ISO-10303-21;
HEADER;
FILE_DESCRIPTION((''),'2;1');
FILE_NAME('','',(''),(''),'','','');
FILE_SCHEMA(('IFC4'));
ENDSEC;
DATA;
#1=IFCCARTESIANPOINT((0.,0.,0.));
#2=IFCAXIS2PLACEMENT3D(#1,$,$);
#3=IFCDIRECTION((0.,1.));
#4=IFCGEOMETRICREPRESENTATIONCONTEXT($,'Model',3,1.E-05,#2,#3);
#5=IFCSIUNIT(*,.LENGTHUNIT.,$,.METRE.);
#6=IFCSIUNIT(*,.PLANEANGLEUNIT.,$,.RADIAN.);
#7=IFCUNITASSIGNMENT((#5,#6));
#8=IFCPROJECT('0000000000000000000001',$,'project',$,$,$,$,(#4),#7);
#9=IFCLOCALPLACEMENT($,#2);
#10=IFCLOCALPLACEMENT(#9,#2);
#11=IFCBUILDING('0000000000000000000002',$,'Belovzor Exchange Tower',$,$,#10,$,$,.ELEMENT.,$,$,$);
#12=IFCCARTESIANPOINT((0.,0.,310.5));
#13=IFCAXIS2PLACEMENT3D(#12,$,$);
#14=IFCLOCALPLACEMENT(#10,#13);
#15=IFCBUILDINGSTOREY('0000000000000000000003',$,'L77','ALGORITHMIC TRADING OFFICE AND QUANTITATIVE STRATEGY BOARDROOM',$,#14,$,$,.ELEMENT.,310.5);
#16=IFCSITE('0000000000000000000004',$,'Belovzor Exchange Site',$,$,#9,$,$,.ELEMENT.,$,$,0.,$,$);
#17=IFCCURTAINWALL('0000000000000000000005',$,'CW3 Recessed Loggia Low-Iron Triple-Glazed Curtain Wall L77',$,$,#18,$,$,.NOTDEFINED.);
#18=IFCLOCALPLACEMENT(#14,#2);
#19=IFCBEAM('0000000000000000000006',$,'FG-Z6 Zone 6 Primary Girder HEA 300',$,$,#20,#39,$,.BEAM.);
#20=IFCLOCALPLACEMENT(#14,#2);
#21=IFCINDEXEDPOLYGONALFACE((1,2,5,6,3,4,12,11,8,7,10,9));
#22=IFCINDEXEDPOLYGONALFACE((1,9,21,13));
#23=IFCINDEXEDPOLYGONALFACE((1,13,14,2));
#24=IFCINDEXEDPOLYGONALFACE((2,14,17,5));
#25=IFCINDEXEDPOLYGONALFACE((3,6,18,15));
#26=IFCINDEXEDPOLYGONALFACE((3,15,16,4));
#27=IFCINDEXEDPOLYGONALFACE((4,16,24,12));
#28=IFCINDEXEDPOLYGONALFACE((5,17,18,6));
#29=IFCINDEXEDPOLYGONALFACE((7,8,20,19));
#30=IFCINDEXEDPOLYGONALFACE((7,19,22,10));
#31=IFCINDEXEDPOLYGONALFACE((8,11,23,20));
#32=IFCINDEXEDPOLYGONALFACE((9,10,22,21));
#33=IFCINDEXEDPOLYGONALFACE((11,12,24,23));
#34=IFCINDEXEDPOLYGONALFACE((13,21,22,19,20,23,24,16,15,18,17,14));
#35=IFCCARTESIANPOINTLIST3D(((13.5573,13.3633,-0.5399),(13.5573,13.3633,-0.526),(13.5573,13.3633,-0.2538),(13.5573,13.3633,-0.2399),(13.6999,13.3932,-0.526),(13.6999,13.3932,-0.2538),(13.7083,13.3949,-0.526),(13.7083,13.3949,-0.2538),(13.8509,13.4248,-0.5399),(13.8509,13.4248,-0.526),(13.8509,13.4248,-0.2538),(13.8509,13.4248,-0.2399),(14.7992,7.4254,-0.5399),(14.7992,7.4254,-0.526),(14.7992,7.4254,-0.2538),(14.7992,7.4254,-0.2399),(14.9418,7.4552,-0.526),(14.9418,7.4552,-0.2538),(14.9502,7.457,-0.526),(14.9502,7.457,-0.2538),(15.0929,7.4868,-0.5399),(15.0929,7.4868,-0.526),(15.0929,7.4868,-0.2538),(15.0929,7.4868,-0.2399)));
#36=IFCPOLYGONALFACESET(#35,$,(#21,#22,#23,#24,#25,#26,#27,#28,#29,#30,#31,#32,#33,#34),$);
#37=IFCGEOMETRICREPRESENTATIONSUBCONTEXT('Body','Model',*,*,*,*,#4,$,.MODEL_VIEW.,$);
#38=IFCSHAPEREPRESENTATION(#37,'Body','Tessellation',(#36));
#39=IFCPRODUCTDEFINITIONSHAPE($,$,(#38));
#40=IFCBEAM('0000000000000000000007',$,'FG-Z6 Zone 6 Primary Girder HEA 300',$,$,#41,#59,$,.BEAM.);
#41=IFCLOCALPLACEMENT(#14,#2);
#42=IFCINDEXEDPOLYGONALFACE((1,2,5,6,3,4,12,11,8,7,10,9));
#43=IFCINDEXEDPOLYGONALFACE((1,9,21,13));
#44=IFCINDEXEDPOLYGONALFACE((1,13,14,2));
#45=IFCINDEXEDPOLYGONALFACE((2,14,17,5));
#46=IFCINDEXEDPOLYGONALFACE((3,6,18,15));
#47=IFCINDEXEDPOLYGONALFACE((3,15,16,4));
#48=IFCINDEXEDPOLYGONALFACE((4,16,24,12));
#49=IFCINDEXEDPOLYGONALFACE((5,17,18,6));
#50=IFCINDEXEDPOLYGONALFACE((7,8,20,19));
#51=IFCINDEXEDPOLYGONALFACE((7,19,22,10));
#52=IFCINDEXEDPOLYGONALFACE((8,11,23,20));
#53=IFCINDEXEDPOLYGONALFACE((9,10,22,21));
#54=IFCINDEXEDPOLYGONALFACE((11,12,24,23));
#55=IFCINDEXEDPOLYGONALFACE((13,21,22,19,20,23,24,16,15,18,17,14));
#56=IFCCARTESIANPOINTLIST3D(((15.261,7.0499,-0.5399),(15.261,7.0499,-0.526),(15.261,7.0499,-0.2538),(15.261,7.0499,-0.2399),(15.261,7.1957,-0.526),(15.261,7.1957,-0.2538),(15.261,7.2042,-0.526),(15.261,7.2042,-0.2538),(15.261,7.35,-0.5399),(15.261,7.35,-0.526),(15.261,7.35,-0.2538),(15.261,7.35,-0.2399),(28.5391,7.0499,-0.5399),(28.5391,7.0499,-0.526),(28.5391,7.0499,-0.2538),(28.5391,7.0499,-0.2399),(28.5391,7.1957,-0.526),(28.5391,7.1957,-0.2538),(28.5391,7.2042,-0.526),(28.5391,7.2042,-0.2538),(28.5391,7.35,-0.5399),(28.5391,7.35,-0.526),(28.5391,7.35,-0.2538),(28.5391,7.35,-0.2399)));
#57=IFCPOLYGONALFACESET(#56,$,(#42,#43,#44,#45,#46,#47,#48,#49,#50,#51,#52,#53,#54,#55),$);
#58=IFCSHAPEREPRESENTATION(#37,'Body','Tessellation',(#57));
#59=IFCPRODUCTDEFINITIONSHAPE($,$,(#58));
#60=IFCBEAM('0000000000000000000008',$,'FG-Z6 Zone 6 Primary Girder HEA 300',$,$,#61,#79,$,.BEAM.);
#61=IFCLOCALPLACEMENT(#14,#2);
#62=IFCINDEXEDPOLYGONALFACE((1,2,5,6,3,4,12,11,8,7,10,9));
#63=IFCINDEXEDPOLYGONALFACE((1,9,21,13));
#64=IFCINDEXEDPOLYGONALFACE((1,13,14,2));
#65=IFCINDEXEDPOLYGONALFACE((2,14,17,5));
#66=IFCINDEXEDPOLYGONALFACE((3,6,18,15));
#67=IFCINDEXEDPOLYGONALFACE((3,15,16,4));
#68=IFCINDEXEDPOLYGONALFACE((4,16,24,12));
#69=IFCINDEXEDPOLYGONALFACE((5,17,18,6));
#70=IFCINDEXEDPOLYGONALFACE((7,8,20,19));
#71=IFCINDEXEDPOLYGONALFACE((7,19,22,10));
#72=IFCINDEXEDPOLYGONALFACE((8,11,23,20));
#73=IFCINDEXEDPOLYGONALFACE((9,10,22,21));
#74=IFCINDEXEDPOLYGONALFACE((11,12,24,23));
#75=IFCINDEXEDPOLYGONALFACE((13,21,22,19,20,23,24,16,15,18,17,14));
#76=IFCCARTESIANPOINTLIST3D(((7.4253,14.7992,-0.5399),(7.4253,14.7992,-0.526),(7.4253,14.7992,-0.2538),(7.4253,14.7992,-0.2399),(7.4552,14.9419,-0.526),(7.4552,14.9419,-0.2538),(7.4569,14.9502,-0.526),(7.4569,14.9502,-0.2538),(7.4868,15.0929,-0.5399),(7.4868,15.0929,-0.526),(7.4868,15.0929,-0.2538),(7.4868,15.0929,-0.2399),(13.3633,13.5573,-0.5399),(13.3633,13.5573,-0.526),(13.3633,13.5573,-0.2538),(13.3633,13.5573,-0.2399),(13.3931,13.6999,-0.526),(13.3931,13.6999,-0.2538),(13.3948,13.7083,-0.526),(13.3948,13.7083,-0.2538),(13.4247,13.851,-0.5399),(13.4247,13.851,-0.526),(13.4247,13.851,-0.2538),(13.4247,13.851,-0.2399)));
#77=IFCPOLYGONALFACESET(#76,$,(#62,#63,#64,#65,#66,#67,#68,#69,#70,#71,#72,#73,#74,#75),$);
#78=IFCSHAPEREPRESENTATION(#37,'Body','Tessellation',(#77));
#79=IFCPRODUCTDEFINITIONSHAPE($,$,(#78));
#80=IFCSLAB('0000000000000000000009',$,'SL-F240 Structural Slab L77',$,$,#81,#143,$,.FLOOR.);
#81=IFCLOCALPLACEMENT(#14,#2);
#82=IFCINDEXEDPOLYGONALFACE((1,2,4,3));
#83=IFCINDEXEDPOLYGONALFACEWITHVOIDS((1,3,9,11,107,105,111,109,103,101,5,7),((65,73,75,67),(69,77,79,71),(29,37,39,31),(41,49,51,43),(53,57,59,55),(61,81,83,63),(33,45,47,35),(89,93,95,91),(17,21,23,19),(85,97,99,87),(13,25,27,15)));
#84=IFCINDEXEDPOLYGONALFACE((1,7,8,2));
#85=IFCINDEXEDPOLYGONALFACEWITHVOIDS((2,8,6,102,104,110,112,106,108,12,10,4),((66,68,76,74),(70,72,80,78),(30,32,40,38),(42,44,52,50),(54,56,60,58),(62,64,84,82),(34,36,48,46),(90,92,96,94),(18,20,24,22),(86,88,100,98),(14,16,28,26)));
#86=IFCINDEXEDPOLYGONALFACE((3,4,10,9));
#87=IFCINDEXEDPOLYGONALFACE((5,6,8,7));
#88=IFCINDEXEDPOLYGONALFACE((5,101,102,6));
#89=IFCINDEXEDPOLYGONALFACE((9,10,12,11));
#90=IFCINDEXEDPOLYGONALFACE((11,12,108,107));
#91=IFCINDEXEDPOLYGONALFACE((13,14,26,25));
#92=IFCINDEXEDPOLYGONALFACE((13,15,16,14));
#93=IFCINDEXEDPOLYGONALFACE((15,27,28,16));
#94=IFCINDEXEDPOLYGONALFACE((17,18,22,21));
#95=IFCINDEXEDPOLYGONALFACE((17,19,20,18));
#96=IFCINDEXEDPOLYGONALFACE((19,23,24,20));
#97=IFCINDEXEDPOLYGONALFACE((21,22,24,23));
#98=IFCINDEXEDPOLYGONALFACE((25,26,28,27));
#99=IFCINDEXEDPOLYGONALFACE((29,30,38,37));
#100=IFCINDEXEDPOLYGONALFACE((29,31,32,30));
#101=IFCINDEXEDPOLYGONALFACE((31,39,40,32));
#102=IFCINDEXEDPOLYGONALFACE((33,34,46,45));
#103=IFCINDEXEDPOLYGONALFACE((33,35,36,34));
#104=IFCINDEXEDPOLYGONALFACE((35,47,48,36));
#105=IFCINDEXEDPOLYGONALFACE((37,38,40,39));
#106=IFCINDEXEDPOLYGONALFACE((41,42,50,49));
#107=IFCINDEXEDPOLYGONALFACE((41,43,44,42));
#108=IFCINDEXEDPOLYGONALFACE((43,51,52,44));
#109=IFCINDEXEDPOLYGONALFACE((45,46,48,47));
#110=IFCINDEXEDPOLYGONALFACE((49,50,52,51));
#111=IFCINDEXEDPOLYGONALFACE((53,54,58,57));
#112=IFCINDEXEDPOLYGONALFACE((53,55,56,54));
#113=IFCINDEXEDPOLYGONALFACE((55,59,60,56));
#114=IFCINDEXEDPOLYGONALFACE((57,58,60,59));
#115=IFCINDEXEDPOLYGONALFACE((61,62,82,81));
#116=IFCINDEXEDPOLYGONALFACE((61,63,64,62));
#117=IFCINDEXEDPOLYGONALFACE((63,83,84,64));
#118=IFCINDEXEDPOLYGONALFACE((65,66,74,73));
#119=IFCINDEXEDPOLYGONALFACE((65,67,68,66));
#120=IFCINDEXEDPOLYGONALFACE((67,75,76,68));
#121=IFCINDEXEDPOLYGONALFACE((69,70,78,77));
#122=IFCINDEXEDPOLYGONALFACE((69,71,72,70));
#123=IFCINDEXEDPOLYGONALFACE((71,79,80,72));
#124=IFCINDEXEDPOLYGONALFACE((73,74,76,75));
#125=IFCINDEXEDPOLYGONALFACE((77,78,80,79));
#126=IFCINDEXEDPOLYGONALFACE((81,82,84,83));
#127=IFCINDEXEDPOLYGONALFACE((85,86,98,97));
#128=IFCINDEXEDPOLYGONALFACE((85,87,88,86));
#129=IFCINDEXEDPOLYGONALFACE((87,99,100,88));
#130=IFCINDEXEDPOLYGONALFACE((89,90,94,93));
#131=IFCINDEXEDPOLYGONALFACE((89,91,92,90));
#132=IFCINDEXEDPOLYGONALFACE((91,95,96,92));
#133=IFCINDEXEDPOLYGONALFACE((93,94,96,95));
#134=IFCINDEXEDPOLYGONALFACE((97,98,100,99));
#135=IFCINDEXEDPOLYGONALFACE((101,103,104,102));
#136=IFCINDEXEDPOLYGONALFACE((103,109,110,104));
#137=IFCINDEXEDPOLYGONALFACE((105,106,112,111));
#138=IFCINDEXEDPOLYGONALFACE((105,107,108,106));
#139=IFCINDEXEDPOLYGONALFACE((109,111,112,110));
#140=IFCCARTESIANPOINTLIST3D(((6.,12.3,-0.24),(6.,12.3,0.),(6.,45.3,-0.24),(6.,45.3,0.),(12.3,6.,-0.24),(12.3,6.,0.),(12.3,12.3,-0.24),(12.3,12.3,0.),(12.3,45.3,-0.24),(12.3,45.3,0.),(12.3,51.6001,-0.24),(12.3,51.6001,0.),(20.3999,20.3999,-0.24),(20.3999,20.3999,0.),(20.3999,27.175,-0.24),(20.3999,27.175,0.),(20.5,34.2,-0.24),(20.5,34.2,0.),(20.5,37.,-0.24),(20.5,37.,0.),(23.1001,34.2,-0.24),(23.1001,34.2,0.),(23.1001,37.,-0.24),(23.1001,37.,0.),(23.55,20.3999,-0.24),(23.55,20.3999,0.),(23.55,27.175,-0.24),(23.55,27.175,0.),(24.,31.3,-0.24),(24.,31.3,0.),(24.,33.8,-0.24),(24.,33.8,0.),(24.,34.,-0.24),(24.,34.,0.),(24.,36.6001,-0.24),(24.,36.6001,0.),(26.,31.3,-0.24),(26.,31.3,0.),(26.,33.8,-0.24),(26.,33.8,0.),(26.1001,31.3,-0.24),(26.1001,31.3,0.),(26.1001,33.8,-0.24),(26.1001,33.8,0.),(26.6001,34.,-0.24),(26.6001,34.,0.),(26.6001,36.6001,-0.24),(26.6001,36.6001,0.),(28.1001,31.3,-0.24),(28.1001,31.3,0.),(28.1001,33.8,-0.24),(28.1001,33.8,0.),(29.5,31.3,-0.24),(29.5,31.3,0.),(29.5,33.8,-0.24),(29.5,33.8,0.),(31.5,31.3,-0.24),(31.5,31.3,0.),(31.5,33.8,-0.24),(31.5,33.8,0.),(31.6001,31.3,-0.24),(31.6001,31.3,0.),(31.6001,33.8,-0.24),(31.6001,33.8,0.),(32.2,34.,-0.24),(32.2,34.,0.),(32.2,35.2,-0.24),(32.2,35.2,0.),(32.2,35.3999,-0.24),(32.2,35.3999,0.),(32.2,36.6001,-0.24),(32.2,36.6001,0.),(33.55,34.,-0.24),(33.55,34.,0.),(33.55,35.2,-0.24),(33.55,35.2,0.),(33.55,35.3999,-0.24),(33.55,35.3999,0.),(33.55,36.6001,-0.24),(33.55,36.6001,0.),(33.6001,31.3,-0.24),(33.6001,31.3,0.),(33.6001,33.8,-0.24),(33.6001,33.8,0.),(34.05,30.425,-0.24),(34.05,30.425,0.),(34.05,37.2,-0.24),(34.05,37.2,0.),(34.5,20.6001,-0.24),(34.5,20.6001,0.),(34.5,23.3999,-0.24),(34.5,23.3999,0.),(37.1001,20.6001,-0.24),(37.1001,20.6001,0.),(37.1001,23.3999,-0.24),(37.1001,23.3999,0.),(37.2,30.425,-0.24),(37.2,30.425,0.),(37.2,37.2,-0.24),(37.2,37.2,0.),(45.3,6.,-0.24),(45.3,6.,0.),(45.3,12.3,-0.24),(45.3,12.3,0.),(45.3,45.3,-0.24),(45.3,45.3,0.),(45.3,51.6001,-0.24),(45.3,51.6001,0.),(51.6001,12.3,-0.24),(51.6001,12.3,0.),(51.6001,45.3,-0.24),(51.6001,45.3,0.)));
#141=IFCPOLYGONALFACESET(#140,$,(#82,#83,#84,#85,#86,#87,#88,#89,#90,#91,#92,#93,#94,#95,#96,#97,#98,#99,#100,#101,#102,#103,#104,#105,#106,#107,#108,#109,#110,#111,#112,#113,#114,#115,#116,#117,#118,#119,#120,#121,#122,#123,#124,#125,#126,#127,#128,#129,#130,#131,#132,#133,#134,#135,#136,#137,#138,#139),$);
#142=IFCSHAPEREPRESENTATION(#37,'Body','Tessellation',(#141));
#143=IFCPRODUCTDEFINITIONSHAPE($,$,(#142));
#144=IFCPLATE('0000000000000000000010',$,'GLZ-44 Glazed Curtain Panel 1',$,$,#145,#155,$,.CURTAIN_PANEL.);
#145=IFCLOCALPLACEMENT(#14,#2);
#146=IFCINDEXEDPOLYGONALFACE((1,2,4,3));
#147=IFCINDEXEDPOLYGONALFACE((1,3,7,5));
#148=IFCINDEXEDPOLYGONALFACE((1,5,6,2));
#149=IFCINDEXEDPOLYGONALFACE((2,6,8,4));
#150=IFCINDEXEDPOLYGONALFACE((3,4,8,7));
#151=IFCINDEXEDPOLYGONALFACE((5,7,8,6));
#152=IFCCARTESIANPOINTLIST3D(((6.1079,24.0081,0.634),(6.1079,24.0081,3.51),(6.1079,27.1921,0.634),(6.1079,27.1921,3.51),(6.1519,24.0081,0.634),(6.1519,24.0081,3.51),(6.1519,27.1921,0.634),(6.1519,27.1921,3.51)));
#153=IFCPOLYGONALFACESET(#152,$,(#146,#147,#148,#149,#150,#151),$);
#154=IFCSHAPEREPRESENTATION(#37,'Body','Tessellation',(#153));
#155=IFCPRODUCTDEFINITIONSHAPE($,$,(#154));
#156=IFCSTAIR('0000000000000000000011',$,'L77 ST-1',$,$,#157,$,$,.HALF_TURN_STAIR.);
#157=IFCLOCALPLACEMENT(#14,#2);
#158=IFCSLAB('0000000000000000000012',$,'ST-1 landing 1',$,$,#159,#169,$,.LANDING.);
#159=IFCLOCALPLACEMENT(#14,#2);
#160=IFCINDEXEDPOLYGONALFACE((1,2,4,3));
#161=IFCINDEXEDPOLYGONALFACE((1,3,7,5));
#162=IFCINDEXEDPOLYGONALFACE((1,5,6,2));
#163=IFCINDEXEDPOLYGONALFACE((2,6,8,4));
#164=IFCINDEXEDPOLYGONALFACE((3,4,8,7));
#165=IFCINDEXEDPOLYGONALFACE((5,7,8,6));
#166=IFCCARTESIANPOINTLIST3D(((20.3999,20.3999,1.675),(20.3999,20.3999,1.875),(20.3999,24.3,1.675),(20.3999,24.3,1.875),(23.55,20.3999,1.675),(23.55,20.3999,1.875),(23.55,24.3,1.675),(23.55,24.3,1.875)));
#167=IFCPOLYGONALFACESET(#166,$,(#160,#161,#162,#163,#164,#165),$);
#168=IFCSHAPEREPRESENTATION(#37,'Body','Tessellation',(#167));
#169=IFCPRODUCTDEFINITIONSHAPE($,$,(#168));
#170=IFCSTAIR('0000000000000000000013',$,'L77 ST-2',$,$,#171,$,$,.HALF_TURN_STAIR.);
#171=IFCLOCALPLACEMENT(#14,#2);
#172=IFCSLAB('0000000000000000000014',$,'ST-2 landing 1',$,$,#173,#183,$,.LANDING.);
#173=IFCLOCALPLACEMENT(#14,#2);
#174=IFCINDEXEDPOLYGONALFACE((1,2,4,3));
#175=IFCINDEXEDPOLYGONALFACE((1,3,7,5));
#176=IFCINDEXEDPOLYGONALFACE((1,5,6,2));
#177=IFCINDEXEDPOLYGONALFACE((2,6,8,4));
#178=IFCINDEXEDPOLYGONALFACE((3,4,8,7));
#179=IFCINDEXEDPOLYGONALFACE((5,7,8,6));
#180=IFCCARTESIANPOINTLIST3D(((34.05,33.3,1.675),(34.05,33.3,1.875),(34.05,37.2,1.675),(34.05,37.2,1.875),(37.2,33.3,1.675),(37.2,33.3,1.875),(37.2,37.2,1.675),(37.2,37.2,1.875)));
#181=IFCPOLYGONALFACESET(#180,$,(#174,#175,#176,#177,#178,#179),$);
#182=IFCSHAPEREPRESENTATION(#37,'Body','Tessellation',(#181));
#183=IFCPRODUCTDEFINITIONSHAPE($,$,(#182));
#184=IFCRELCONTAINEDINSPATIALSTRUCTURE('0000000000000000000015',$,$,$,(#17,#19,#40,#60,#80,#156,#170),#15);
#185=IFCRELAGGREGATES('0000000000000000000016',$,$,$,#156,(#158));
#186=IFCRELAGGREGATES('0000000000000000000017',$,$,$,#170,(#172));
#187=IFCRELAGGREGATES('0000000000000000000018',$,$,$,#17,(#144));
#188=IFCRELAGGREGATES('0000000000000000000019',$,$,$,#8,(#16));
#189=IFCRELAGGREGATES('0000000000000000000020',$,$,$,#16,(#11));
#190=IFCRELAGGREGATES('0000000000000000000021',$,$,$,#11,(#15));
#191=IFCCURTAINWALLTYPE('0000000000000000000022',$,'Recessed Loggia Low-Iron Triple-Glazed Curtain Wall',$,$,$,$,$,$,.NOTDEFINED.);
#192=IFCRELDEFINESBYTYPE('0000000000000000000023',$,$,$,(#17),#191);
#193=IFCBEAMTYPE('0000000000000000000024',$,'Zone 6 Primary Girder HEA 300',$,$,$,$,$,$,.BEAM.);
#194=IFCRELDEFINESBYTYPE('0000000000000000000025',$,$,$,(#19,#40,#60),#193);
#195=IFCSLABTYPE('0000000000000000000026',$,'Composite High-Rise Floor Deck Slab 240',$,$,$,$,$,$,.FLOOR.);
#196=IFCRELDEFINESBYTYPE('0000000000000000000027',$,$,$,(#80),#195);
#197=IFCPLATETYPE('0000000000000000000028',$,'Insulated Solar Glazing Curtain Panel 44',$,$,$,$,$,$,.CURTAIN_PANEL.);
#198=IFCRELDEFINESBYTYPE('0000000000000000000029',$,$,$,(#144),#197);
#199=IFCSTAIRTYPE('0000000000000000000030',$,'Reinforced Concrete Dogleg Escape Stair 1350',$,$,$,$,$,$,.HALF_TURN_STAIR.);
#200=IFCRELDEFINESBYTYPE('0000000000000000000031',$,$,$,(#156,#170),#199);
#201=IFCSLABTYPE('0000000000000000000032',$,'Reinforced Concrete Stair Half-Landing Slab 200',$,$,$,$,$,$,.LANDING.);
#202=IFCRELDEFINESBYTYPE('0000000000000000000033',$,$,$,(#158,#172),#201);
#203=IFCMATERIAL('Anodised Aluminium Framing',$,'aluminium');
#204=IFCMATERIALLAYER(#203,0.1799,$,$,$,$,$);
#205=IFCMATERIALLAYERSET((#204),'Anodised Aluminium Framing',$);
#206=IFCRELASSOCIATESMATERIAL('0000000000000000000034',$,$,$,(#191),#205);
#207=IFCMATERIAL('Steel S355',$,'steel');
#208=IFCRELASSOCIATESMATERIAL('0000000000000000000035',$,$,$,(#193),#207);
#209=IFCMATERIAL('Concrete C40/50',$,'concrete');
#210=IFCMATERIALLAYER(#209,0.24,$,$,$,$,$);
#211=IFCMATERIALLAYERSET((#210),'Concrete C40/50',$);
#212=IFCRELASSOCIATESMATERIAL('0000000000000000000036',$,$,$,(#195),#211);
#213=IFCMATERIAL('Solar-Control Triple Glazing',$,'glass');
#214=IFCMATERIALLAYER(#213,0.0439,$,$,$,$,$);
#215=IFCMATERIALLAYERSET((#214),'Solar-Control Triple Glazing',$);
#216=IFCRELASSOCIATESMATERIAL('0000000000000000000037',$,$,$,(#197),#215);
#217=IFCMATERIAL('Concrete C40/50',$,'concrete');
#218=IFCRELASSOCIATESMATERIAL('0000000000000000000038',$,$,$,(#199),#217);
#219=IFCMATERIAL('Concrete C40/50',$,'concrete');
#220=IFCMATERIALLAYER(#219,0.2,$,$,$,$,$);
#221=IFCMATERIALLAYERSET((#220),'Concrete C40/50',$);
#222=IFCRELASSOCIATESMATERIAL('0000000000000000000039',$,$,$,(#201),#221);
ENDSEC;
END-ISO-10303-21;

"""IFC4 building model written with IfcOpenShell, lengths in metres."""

from ifc_helpers import new_model, si_unit, direction, frame, origin, origin_2d, place, context, subcontext, project, spatial, polyline, rectangle, i_section, outline, extrude, material, layer, layer_set, material_profile, profile_set, type_object, element, aggregate, save


model = new_model("IFC4")

# Units and contexts
model_context = context("Model", 3, precision=1e-05, world=origin(), true_north=direction((0.0, 1.0)))
body_context = subcontext(model_context, "Body", "Model", "MODEL_VIEW")
ifc_project = project(units=[si_unit("LENGTHUNIT", "METRE"), si_unit("PLANEANGLEUNIT", "RADIAN")], contexts=[model_context])

# Site, building, storey
site_placement = place(None, origin())
site = spatial("IfcSite", under=ifc_project, at=site_placement, Name="Belovzor Exchange Site", CompositionType="ELEMENT", RefElevation=0.0)
building_placement = place(site_placement, origin())
building = spatial("IfcBuilding", under=site, at=building_placement, Name="Belovzor Exchange Tower", CompositionType="ELEMENT")
storey_placement = place(building_placement, frame((0.0, 0.0, 310.5)))
storey = spatial("IfcBuildingStorey", under=building, at=storey_placement, Name="L77", Description="ALGORITHMIC TRADING OFFICE AND QUANTITATIVE STRATEGY BOARDROOM", CompositionType="ELEMENT", Elevation=310.5)

# Curtain wall
ifc_material_1 = material(Name="Anodised Aluminium Framing", Category="aluminium")
ifc_layer_1 = layer(ifc_material_1, 0.1799)
ifc_layer_set_1 = layer_set([ifc_layer_1], Name="Anodised Aluminium Framing")
curtain_wall_type = type_object("IfcCurtainWallType", Name="Recessed Loggia Low-Iron Triple-Glazed Curtain Wall", PredefinedType="NOTDEFINED", material=ifc_layer_set_1)
curtain_wall_placement = place(storey_placement, origin())
curtain_wall = element("IfcCurtainWall", 1, at=curtain_wall_placement, inside=storey, type_object=curtain_wall_type, Name="CW3 Recessed Loggia Low-Iron Triple-Glazed Curtain Wall L77", PredefinedType="NOTDEFINED")

# Beams
ifc_material_2 = material(Name="Steel S355", Category="steel")
ifc_material_profile_1 = material_profile(ifc_material_2, i_section(OverallWidth=0.3, OverallDepth=0.3, WebThickness=0.0085, FlangeThickness=0.0139, at=origin_2d()))
ifc_profile_set_1 = profile_set([ifc_material_profile_1], Name="Steel S355")
beam_type_1 = type_object("IfcBeamType", Name="Zone 6 Primary Girder HEA 300", PredefinedType="BEAM", material=ifc_profile_set_1)
beam_1_placement = place(storey_placement, frame((13.7041, 13.394, -0.3899), z_axis=(0.204722, -0.97882, 0.0), x_axis=(0.97882, 0.204722, 0.0)))
element("IfcBeam", 2, at=beam_1_placement, inside=storey, type_object=beam_type_1, Name="FG-Z6 Zone 6 Primary Girder HEA 300", PredefinedType="BEAM", context=body_context, shape_type="SweptSolid", body=[
    extrude(i_section(OverallWidth=0.3, OverallDepth=0.3, WebThickness=0.0085, FlangeThickness=0.0139, at=origin_2d()), origin(), (0.0, 0.0, 1.0), 6.0664),
])
beam_2_placement = place(storey_placement, frame((15.261, 7.2, -0.3899), z_axis=(1.0, 0.0, 0.0), x_axis=(0.0, 1.0, 0.0)))
element("IfcBeam", 3, at=beam_2_placement, inside=storey, type_object=beam_type_1, Name="FG-Z6 Zone 6 Primary Girder HEA 300", PredefinedType="BEAM", context=body_context, shape_type="SweptSolid", body=[
    extrude(i_section(OverallWidth=0.3, OverallDepth=0.3, WebThickness=0.0085, FlangeThickness=0.0139, at=origin_2d()), origin(), (0.0, 0.0, 1.0), 13.2781),
])
beam_3_placement = place(storey_placement, frame((7.4561, 14.946, -0.3899), z_axis=(0.97882, -0.204722, 0.0), x_axis=(0.204722, 0.97882, 0.0)))
element("IfcBeam", 4, at=beam_3_placement, inside=storey, type_object=beam_type_1, Name="FG-Z6 Zone 6 Primary Girder HEA 300", PredefinedType="BEAM", context=body_context, shape_type="SweptSolid", body=[
    extrude(i_section(OverallWidth=0.3, OverallDepth=0.3, WebThickness=0.0085, FlangeThickness=0.0139, at=origin_2d()), origin(), (0.0, 0.0, 1.0), 6.0664),
])

# Slab
ifc_material_3 = material(Name="Concrete C40/50", Category="concrete")
ifc_layer_2 = layer(ifc_material_3, 0.24)
ifc_layer_set_2 = layer_set([ifc_layer_2], Name="Concrete C40/50")
slab_type_1 = type_object("IfcSlabType", Name="Composite High-Rise Floor Deck Slab 240", PredefinedType="FLOOR", material=ifc_layer_set_2)
slab_1_placement = place(storey_placement, frame((0.0, 0.0, -0.24)))
element("IfcSlab", 5, at=slab_1_placement, inside=storey, type_object=slab_type_1, Name="SL-F240 Structural Slab L77", PredefinedType="FLOOR", context=body_context, shape_type="SweptSolid", body=[
    extrude(outline(polyline([(12.3, 6.0), (45.3, 6.0), (45.3, 12.3), (51.6001, 12.3), (51.6001, 45.3), (45.3, 45.3), (45.3, 51.6001), (12.3, 51.6001), (12.3, 45.3), (6.0, 45.3), (6.0, 12.3), (12.3, 12.3), (12.3, 6.0)]), holes=[polyline([(20.3999, 27.175), (20.3999, 20.3999), (23.55, 20.3999), (23.55, 27.175), (20.3999, 27.175)]), polyline([(37.2, 30.425), (37.2, 37.2), (34.05, 37.2), (34.05, 30.425), (37.2, 30.425)]), polyline([(20.5, 34.2), (23.1001, 34.2), (23.1001, 37.0), (20.5, 37.0), (20.5, 34.2)]), polyline([(34.5, 20.6001), (37.1001, 20.6001), (37.1001, 23.3999), (34.5, 23.3999), (34.5, 20.6001)]), polyline([(24.0, 34.0), (26.6001, 34.0), (26.6001, 36.6001), (24.0, 36.6001), (24.0, 34.0)]), polyline([(24.0, 31.3), (26.0, 31.3), (26.0, 33.8), (24.0, 33.8), (24.0, 31.3)]), polyline([(26.1001, 31.3), (28.1001, 31.3), (28.1001, 33.8), (26.1001, 33.8), (26.1001, 31.3)]), polyline([(29.5, 31.3), (31.5, 31.3), (31.5, 33.8), (29.5, 33.8), (29.5, 31.3)]), polyline([(31.6001, 31.3), (33.6001, 31.3), (33.6001, 33.8), (31.6001, 33.8), (31.6001, 31.3)]), polyline([(32.2, 34.0), (33.55, 34.0), (33.55, 35.2), (32.2, 35.2), (32.2, 34.0)]), polyline([(32.2, 35.3999), (33.55, 35.3999), (33.55, 36.6001), (32.2, 36.6001), (32.2, 35.3999)])]), origin(), (0.0, 0.0, 1.0), 0.24),
])

# Plate
ifc_material_4 = material(Name="Solar-Control Triple Glazing", Category="glass")
ifc_layer_3 = layer(ifc_material_4, 0.0439)
ifc_layer_set_3 = layer_set([ifc_layer_3], Name="Solar-Control Triple Glazing")
plate_type_1 = type_object("IfcPlateType", Name="Insulated Solar Glazing Curtain Panel 44", PredefinedType="CURTAIN_PANEL", material=ifc_layer_set_3)
plate_1_placement = place(storey_placement, frame((6.1299, 25.6001, 0.634), z_axis=(0.0, 0.0, 1.0), x_axis=(0.0, 1.0, 0.0)))
plate_1 = element("IfcPlate", 6, at=plate_1_placement, type_object=plate_type_1, Name="GLZ-44 Glazed Curtain Panel 1", PredefinedType="CURTAIN_PANEL", context=body_context, shape_type="SweptSolid", body=[
    extrude(rectangle(XDim=3.1841, YDim=0.0439, at=origin_2d()), origin(), (0.0, 0.0, 1.0), 2.876),
])

# Stairs, slabs
ifc_material_5 = material(Name="Concrete C40/50", Category="concrete")
stair_type = type_object("IfcStairType", Name="Reinforced Concrete Dogleg Escape Stair 1350", PredefinedType="HALF_TURN_STAIR", material=ifc_material_5)
stair_1_placement = place(storey_placement, origin())
stair_1 = element("IfcStair", 7, at=stair_1_placement, inside=storey, type_object=stair_type, Name="L77 ST-1", PredefinedType="HALF_TURN_STAIR")
ifc_material_6 = material(Name="Concrete C40/50", Category="concrete")
ifc_layer_4 = layer(ifc_material_6, 0.2)
ifc_layer_set_4 = layer_set([ifc_layer_4], Name="Concrete C40/50")
slab_type_2 = type_object("IfcSlabType", Name="Reinforced Concrete Stair Half-Landing Slab 200", PredefinedType="LANDING", material=ifc_layer_set_4)
slab_2_placement = place(storey_placement, frame((0.0, 0.0, 1.675)))
slab_2 = element("IfcSlab", 8, at=slab_2_placement, type_object=slab_type_2, Name="ST-1 landing 1", PredefinedType="LANDING", context=body_context, shape_type="SweptSolid", body=[
    extrude(outline(polyline([(20.3999, 24.3), (20.3999, 20.3999), (23.55, 20.3999), (23.55, 24.3), (20.3999, 24.3)])), origin(), (0.0, 0.0, 1.0), 0.2),
])
aggregate(stair_1, [slab_2])
stair_2_placement = place(storey_placement, origin())
stair_2 = element("IfcStair", 9, at=stair_2_placement, inside=storey, type_object=stair_type, Name="L77 ST-2", PredefinedType="HALF_TURN_STAIR")
slab_3_placement = place(storey_placement, frame((0.0, 0.0, 1.675)))
slab_3 = element("IfcSlab", 10, at=slab_3_placement, type_object=slab_type_2, Name="ST-2 landing 1", PredefinedType="LANDING", context=body_context, shape_type="SweptSolid", body=[
    extrude(outline(polyline([(37.2, 33.3), (37.2, 37.2), (34.05, 37.2), (34.05, 33.3), (37.2, 33.3)])), origin(), (0.0, 0.0, 1.0), 0.2),
])
aggregate(stair_2, [slab_3])

aggregate(curtain_wall, [plate_1])

save(model, "model.ifc")
